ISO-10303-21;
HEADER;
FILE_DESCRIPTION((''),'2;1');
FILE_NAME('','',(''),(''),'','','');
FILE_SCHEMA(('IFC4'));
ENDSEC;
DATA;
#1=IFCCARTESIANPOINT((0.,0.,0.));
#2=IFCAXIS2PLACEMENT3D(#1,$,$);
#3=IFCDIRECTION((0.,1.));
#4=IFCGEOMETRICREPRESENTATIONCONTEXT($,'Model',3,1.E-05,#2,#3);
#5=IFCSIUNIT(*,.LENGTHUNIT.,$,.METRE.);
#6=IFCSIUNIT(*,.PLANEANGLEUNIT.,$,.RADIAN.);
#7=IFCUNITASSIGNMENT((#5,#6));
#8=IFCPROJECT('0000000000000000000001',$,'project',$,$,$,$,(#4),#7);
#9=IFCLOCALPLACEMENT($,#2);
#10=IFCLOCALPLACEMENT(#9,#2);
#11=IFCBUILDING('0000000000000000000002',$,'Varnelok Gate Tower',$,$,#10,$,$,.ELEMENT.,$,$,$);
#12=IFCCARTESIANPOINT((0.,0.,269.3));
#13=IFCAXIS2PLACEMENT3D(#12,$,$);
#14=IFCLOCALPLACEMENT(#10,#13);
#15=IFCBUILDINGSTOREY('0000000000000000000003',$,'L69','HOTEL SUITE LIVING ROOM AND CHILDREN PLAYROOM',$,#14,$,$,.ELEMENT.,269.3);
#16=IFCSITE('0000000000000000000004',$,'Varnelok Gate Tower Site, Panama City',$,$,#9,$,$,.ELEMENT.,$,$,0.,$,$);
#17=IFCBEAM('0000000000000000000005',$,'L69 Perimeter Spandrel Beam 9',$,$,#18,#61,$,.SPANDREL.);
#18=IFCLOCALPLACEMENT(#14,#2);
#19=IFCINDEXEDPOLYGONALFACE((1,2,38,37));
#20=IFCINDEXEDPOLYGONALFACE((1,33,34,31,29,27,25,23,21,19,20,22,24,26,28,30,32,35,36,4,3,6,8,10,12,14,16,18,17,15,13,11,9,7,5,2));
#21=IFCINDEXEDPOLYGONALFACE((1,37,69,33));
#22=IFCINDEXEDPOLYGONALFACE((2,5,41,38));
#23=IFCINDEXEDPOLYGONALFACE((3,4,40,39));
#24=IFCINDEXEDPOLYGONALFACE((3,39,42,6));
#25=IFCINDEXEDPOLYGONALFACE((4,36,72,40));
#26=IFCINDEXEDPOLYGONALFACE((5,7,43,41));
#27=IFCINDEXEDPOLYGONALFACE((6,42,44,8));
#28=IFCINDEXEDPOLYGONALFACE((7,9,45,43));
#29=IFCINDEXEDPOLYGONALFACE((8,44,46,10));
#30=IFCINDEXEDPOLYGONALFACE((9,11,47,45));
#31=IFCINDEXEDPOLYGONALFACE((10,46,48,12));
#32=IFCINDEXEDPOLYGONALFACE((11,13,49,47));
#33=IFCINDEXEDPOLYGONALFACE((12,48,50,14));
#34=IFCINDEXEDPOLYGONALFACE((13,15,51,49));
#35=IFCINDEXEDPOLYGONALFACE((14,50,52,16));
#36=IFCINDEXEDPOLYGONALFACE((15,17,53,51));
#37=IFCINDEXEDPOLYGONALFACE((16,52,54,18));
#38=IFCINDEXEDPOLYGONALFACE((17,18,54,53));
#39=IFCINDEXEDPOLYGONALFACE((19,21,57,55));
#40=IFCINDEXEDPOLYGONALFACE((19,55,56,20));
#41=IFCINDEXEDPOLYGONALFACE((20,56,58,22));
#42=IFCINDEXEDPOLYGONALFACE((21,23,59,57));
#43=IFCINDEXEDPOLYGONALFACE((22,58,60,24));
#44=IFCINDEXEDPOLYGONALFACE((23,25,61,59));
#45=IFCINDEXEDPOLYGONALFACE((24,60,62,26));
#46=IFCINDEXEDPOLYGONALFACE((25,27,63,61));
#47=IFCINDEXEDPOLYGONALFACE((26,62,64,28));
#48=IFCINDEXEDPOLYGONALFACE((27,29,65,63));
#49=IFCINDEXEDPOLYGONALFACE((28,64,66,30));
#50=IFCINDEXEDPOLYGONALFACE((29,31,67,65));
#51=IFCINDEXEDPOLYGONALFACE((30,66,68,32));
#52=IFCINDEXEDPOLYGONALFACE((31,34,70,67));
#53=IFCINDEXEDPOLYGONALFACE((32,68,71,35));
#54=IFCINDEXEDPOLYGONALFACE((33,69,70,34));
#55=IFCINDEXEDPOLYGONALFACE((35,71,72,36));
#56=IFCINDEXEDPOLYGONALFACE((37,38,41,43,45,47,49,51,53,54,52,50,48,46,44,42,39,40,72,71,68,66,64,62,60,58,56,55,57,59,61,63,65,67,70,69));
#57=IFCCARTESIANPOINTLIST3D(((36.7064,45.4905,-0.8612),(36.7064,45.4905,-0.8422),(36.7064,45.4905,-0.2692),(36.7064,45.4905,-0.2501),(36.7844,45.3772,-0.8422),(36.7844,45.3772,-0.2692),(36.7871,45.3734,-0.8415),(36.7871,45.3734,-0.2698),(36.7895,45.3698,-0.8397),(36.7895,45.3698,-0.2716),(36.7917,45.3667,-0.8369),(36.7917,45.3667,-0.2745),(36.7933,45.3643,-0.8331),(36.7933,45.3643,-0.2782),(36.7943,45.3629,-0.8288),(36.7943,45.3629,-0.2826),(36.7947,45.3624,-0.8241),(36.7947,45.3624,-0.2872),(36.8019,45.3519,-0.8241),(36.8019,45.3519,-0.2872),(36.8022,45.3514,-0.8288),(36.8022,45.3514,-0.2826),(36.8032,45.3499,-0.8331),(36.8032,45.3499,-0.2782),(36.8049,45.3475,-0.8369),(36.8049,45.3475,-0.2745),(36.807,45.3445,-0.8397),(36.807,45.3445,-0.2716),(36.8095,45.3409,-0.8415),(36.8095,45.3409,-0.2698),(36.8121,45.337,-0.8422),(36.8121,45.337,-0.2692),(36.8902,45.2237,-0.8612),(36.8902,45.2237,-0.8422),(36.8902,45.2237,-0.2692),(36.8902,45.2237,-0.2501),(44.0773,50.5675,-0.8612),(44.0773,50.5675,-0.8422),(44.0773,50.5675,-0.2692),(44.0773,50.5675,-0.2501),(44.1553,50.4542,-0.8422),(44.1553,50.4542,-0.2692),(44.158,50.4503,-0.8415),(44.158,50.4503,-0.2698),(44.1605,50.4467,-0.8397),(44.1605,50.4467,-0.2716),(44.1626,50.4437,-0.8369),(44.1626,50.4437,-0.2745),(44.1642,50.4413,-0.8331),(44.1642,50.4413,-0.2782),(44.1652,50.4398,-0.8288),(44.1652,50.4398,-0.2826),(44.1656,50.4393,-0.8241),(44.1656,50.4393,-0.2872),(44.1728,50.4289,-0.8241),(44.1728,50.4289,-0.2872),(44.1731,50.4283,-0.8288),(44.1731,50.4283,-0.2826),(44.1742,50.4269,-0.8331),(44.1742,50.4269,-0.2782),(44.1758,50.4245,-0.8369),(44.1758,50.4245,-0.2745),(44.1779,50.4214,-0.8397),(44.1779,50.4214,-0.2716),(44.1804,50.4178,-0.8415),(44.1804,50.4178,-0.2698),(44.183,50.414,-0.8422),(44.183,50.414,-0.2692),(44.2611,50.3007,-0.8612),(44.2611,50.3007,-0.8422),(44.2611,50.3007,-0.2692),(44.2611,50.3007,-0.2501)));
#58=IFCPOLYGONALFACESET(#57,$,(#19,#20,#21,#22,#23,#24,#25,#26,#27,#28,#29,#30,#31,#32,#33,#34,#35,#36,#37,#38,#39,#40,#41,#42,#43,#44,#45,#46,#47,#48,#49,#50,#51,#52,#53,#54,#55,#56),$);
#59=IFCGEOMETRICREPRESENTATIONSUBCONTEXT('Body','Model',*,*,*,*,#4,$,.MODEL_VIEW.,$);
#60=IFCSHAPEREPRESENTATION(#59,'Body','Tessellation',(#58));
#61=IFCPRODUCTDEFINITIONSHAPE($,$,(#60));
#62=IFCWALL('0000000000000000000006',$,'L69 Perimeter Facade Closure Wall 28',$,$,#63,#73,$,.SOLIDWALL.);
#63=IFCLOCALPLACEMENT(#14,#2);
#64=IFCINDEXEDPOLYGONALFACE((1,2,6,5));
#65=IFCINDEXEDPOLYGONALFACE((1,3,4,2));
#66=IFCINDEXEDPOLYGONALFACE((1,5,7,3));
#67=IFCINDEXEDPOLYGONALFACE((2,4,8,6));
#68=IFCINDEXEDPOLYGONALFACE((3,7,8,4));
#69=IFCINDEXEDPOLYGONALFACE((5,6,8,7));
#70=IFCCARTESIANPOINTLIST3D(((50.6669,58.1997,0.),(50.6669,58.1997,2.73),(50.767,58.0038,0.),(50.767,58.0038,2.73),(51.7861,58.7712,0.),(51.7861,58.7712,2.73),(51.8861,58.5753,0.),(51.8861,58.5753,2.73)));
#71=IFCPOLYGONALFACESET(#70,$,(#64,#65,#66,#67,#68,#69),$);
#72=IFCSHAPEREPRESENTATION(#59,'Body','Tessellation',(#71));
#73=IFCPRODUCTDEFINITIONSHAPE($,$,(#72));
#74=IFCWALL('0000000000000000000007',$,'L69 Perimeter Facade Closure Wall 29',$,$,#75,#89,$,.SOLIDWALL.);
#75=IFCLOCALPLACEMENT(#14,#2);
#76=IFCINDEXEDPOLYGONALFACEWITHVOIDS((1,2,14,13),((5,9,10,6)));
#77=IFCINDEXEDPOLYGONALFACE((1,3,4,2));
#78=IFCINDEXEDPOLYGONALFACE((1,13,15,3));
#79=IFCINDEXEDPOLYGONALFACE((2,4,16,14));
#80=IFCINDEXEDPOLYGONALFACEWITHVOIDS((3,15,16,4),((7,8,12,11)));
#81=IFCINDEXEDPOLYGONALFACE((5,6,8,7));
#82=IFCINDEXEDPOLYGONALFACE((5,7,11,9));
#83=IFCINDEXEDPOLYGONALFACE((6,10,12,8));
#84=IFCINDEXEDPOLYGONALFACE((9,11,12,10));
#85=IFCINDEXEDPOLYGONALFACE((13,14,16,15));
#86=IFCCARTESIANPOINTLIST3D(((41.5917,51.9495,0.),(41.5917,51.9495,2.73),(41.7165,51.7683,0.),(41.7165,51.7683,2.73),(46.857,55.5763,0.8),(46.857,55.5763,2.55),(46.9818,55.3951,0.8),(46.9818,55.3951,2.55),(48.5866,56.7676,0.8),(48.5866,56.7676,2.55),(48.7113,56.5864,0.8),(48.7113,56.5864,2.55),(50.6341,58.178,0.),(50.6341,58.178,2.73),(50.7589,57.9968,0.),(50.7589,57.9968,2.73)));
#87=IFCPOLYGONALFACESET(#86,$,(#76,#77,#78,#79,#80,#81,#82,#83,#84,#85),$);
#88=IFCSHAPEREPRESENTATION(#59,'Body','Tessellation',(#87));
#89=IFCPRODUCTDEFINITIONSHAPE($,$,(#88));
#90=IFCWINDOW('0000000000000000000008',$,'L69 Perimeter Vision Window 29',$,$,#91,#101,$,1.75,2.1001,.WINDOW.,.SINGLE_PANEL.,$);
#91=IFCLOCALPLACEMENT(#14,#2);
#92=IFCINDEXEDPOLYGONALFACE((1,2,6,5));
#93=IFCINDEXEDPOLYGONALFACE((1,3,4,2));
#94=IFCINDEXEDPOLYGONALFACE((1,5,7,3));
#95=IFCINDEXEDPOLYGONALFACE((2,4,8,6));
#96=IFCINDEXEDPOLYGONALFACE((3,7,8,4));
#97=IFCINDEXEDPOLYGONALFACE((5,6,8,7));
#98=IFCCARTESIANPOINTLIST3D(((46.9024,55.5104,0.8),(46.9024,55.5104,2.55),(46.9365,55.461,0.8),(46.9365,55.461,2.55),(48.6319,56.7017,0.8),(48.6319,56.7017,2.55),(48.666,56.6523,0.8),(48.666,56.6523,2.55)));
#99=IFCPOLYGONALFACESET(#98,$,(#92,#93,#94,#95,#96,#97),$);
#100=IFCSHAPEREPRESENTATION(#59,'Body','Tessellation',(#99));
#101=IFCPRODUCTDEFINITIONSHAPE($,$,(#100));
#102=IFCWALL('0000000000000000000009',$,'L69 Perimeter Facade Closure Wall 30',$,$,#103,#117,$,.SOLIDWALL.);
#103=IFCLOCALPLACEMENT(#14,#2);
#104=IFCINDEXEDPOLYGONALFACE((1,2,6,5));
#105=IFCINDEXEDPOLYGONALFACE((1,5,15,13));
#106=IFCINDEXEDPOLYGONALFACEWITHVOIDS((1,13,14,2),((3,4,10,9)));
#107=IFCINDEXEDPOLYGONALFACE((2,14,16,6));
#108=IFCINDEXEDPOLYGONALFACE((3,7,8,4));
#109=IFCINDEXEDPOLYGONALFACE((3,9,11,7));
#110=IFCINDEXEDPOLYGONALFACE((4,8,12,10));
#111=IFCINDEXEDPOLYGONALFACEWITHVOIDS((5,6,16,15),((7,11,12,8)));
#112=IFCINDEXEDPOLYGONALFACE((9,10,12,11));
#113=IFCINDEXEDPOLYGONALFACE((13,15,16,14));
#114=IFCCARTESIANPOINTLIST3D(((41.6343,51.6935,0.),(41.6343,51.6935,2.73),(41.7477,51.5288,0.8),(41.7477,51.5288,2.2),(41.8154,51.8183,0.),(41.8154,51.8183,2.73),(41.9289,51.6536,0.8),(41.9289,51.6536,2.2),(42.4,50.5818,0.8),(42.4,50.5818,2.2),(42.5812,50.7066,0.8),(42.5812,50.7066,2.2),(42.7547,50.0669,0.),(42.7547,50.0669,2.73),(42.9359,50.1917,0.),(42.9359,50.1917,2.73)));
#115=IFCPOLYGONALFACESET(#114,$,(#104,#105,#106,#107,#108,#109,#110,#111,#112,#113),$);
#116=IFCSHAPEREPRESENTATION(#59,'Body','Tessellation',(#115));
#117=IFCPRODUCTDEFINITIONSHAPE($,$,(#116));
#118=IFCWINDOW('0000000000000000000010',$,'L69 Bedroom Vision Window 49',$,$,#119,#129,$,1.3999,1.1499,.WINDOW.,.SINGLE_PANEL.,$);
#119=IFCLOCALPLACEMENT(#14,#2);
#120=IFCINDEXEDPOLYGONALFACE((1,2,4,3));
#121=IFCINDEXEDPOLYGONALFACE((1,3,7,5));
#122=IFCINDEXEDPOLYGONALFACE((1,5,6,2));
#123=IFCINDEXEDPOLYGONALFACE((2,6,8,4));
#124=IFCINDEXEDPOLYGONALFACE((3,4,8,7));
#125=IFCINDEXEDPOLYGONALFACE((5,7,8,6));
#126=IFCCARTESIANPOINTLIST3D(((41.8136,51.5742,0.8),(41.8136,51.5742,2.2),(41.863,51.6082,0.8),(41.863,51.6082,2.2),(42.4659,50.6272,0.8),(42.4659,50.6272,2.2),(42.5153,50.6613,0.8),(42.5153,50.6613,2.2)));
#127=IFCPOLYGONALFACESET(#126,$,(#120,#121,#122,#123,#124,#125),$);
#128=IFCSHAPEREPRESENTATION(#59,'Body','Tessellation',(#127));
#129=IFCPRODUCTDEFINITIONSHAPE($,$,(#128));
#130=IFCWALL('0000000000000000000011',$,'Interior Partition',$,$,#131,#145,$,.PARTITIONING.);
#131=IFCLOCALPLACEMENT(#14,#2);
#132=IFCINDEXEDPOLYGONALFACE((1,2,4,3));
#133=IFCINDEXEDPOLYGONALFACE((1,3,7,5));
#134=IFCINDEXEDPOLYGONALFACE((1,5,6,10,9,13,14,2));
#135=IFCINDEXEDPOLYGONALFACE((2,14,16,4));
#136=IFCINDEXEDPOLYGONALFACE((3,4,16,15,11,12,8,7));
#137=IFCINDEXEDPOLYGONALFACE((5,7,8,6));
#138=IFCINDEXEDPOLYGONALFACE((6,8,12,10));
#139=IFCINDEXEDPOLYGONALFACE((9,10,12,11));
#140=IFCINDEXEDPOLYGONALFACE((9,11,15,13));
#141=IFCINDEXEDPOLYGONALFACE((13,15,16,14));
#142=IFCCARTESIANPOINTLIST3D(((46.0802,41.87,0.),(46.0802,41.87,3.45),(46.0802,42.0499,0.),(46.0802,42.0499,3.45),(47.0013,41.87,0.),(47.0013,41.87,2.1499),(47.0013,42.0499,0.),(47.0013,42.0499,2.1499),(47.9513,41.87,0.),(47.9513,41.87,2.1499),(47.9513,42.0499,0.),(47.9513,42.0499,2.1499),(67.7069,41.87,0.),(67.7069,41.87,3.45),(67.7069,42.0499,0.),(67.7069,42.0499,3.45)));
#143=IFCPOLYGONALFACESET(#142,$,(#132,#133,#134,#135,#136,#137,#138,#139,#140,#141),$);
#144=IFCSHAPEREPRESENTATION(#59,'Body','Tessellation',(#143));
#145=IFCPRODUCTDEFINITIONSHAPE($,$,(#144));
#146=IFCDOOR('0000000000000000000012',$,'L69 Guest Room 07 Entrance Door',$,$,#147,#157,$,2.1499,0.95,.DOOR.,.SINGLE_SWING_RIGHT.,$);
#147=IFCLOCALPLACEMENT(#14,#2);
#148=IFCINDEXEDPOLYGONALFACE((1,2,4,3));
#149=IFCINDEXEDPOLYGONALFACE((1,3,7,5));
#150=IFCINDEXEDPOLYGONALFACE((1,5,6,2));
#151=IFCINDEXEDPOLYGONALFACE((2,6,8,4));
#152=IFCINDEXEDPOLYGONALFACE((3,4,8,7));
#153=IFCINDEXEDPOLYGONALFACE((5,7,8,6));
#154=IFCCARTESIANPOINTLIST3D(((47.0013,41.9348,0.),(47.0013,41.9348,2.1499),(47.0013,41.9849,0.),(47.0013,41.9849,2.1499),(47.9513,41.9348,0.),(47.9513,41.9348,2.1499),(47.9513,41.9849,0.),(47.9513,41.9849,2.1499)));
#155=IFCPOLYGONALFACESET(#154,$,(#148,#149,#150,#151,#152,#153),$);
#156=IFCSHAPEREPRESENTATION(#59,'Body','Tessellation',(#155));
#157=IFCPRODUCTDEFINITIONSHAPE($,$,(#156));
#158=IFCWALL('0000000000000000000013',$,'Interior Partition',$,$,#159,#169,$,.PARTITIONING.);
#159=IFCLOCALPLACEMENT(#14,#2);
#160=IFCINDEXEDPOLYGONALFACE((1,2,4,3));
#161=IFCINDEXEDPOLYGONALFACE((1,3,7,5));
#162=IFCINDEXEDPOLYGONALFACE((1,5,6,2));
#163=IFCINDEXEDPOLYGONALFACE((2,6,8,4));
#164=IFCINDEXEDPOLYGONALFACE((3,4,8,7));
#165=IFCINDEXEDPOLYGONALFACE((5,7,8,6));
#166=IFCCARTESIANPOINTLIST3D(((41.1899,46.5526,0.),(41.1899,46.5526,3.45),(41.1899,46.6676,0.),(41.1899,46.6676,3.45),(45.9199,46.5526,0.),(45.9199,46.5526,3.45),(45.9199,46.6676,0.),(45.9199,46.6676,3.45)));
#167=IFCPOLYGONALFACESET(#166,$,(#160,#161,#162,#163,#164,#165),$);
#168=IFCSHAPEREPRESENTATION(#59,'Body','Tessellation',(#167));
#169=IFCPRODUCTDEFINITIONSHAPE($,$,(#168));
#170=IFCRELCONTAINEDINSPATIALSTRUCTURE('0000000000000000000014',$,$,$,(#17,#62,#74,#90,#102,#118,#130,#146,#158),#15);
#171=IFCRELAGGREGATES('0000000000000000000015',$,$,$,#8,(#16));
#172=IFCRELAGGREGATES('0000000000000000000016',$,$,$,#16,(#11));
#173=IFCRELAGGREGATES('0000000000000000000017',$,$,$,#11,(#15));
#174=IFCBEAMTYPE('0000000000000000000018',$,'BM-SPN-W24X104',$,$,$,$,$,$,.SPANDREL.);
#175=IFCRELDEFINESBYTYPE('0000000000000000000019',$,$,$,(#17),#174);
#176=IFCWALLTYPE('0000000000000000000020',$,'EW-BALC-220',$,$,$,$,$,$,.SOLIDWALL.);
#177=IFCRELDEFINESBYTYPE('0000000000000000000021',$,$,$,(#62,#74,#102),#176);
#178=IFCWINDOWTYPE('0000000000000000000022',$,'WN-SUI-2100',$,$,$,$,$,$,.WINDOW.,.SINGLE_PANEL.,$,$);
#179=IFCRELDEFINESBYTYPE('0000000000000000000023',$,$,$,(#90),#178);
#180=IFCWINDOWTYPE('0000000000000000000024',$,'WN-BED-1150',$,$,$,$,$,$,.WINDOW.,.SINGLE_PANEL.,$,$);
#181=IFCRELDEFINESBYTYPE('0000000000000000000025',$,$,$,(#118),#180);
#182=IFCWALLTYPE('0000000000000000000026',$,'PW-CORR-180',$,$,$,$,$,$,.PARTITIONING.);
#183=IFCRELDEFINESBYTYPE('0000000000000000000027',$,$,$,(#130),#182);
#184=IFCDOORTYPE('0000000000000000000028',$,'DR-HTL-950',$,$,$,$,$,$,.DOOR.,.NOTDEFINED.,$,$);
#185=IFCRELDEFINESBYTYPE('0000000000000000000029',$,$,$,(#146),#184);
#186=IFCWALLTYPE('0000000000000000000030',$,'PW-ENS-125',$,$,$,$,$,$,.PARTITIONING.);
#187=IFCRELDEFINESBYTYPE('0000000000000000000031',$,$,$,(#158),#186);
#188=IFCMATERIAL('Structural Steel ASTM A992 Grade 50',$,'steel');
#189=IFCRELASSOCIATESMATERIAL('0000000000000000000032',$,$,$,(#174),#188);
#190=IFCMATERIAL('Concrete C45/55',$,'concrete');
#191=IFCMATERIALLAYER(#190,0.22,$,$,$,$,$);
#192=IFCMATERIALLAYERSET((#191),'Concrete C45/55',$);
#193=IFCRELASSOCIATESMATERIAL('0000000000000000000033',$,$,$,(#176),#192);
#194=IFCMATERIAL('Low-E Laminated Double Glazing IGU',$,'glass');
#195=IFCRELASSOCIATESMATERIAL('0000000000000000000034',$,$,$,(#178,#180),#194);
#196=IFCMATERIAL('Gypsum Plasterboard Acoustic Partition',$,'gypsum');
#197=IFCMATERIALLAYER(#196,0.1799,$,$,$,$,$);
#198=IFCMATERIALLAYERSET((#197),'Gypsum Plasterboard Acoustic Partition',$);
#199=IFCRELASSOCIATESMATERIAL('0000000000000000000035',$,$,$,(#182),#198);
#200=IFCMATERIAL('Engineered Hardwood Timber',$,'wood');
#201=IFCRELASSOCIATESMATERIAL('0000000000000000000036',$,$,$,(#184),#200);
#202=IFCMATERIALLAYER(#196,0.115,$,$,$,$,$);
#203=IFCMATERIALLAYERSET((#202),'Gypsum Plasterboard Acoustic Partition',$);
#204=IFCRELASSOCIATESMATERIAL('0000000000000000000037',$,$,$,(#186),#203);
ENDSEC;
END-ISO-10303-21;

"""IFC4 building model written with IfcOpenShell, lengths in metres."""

from ifc_helpers import new_model, si_unit, direction, frame, frame_2d, origin, origin_2d, place, context, subcontext, project, spatial, rectangle, i_section, extrude, material, layer, layer_set, material_profile, profile_set, type_object, element, fill, save


model = new_model("IFC4")

# Units and contexts
model_context = context("Model", 3, precision=1e-05, world=origin(), true_north=direction((0.0, 1.0)))
body_context = subcontext(model_context, "Body", "Model", "MODEL_VIEW")
ifc_project = project(units=[si_unit("LENGTHUNIT", "METRE"), si_unit("PLANEANGLEUNIT", "RADIAN")], contexts=[model_context])

# Site, building, storey
site_placement = place(None, origin())
site = spatial("IfcSite", under=ifc_project, at=site_placement, Name="Varnelok Gate Tower Site, Panama City", CompositionType="ELEMENT", RefElevation=0.0)
building_placement = place(site_placement, origin())
building = spatial("IfcBuilding", under=site, at=building_placement, Name="Varnelok Gate Tower", CompositionType="ELEMENT")
storey_placement = place(building_placement, frame((0.0, 0.0, 269.3)))
storey = spatial("IfcBuildingStorey", under=building, at=storey_placement, Name="L69", Description="HOTEL SUITE LIVING ROOM AND CHILDREN PLAYROOM", CompositionType="ELEMENT", Elevation=269.3)

# Shared definitions
ifc_material_1 = material(Name="Structural Steel ASTM A992 Grade 50", Category="steel")

# Beam
ifc_material_profile_1 = material_profile(ifc_material_1, i_section(OverallWidth=0.324, OverallDepth=0.6111, WebThickness=0.0127, FlangeThickness=0.019, FilletRadius=0.0181, at=origin_2d()), Name="W24X104")
ifc_profile_set_1 = profile_set([ifc_material_profile_1], Name="Structural Steel ASTM A992 Grade 50")
beam_type_1 = type_object("IfcBeamType", Name="BM-SPN-W24X104", PredefinedType="SPANDREL", material=ifc_profile_set_1)
beam_1_placement = place(storey_placement, frame((44.1692, 50.4341, -0.5557), z_axis=(-0.823549, -0.567245, 0.0), x_axis=(0.567245, -0.823549, 0.0)))
element("IfcBeam", 1, at=beam_1_placement, inside=storey, type_object=beam_type_1, Name="L69 Perimeter Spandrel Beam 9", PredefinedType="SPANDREL", context=body_context, shape_type="SweptSolid", body=[
    extrude(i_section(OverallWidth=0.324, OverallDepth=0.6111, WebThickness=0.0127, FlangeThickness=0.019, FilletRadius=0.0181, at=origin_2d()), origin(), (0.0, 0.0, 1.0), 8.9502),
])

# Wall
ifc_material_2 = material(Name="Concrete C45/55", Category="concrete")
ifc_layer_1 = layer(ifc_material_2, 0.22)
ifc_layer_set_1 = layer_set([ifc_layer_1], Name="Concrete C45/55")
wall_type_1 = type_object("IfcWallType", Name="EW-BALC-220", PredefinedType="SOLIDWALL", material=ifc_layer_set_1)
wall_1_placement = place(storey_placement, frame((51.8362, 58.6733, 0.0), z_axis=(0.0, 0.0, 1.0), x_axis=(-0.890587, -0.454813, 0.0)))
element("IfcWall", 2, at=wall_1_placement, inside=storey, type_object=wall_type_1, Name="L69 Perimeter Facade Closure Wall 28", PredefinedType="SOLIDWALL", context=body_context, shape_type="SweptSolid", body=[
    extrude(rectangle(XDim=1.2566, YDim=0.22, at=frame_2d((0.6284, 0.0))), origin(), (0.0, 0.0, 1.0), 2.73),
])

# Walls, openings, windows
wall_2_placement = place(storey_placement, frame((50.6965, 58.0874, 0.0), z_axis=(0.0, 0.0, 1.0), x_axis=(-0.823539, -0.567259, 0.0)))
wall_2 = element("IfcWall", 3, at=wall_2_placement, inside=storey, type_object=wall_type_1, Name="L69 Perimeter Facade Closure Wall 29", PredefinedType="SOLIDWALL", context=body_context, shape_type="SweptSolid", body=[
    extrude(rectangle(XDim=10.98, YDim=0.22, at=frame_2d((5.49, 0.0))), origin(), (0.0, 0.0, 1.0), 2.73),
])
opening_1_placement = place(wall_2_placement, frame((2.4863, 0.0, 0.8)))
opening_1 = element("IfcOpeningElement", 4, at=opening_1_placement, cuts=wall_2, PredefinedType="OPENING", context=body_context, shape_type="SweptSolid", body=[
    extrude(rectangle(XDim=2.1001, YDim=1.75, at=frame_2d((1.05, 0.875))), frame((0.0, 0.1199, 0.0), z_axis=(0.0, -1.0, 0.0), x_axis=(1.0, 0.0, 0.0)), (0.0, 0.0, 1.0), 0.24),
])
ifc_material_3 = material(Name="Low-E Laminated Double Glazing IGU", Category="glass")
window_type_1 = type_object("IfcWindowType", Name="WN-SUI-2100", PartitioningType="SINGLE_PANEL", PredefinedType="WINDOW", material=ifc_material_3)
window_1_placement = place(opening_1_placement, origin())
window_1 = element("IfcWindow", 5, at=window_1_placement, inside=storey, type_object=window_type_1, Name="L69 Perimeter Vision Window 29", OverallHeight=1.75, OverallWidth=2.1001, PartitioningType="SINGLE_PANEL", PredefinedType="WINDOW", context=body_context, shape_type="SweptSolid", body=[
    extrude(rectangle(XDim=2.1001, YDim=1.75, at=frame_2d((1.05, 0.875))), frame((0.0, 0.03, 0.0), z_axis=(0.0, -1.0, 0.0), x_axis=(1.0, 0.0, 0.0)), (0.0, 0.0, 1.0), 0.0601),
])
fill(opening_1, window_1)
wall_3_placement = place(storey_placement, frame((41.7249, 51.7559, 0.0), z_axis=(0.0, 0.0, 1.0), x_axis=(0.567274, -0.823529, 0.0)))
wall_3 = element("IfcWall", 6, at=wall_3_placement, inside=storey, type_object=wall_type_1, Name="L69 Perimeter Facade Closure Wall 30", PredefinedType="SOLIDWALL", context=body_context, shape_type="SweptSolid", body=[
    extrude(rectangle(XDim=1.9751, YDim=0.22, at=frame_2d((0.9875, 0.0))), origin(), (0.0, 0.0, 1.0), 2.73),
])
opening_2_placement = place(wall_3_placement, frame((0.2, 0.0, 0.8)))
opening_2 = element("IfcOpeningElement", 7, at=opening_2_placement, cuts=wall_3, PredefinedType="OPENING", context=body_context, shape_type="SweptSolid", body=[
    extrude(rectangle(XDim=1.1499, YDim=1.3999, at=frame_2d((0.575, 0.7))), frame((0.0, 0.1199, 0.0), z_axis=(0.0, -1.0, 0.0), x_axis=(1.0, 0.0, 0.0)), (0.0, 0.0, 1.0), 0.24),
])
window_type_2 = type_object("IfcWindowType", Name="WN-BED-1150", PartitioningType="SINGLE_PANEL", PredefinedType="WINDOW", material=ifc_material_3)
window_2_placement = place(opening_2_placement, origin())
window_2 = element("IfcWindow", 8, at=window_2_placement, inside=storey, type_object=window_type_2, Name="L69 Bedroom Vision Window 49", OverallHeight=1.3999, OverallWidth=1.1499, PartitioningType="SINGLE_PANEL", PredefinedType="WINDOW", context=body_context, shape_type="SweptSolid", body=[
    extrude(rectangle(XDim=1.1499, YDim=1.3999, at=frame_2d((0.575, 0.7))), frame((0.0, 0.03, 0.0), z_axis=(0.0, -1.0, 0.0), x_axis=(1.0, 0.0, 0.0)), (0.0, 0.0, 1.0), 0.0601),
])
fill(opening_2, window_2)

# Wall, opening, door
ifc_material_4 = material(Name="Gypsum Plasterboard Acoustic Partition", Category="gypsum")
ifc_layer_2 = layer(ifc_material_4, 0.1799)
ifc_layer_set_2 = layer_set([ifc_layer_2], Name="Gypsum Plasterboard Acoustic Partition")
wall_type_2 = type_object("IfcWallType", Name="PW-CORR-180", PredefinedType="PARTITIONING", material=ifc_layer_set_2)
wall_4_placement = place(storey_placement, frame((46.0801, 41.96, 0.0), z_axis=(0.0, 0.0, 1.0), x_axis=(1.0, 0.0, 0.0)))
wall_4 = element("IfcWall", 9, at=wall_4_placement, inside=storey, type_object=wall_type_2, Name="Interior Partition", PredefinedType="PARTITIONING", context=body_context, shape_type="SweptSolid", body=[
    extrude(rectangle(XDim=21.6267, YDim=0.1799, at=frame_2d((10.8135, 0.0))), origin(), (0.0, 0.0, 1.0), 3.45),
])
opening_3_placement = place(wall_4_placement, frame((0.9211, 0.0, 0.0)))
opening_3 = element("IfcOpeningElement", 10, at=opening_3_placement, cuts=wall_4, PredefinedType="OPENING", context=body_context, shape_type="SweptSolid", body=[
    extrude(rectangle(XDim=0.95, YDim=2.1499, at=frame_2d((0.4751, 1.075))), frame((0.0, 0.0999, 0.0), z_axis=(0.0, -1.0, 0.0), x_axis=(1.0, 0.0, 0.0)), (0.0, 0.0, 1.0), 0.2),
])
ifc_material_5 = material(Name="Engineered Hardwood Timber", Category="wood")
door_type_1 = type_object("IfcDoorType", Name="DR-HTL-950", OperationType="NOTDEFINED", PredefinedType="DOOR", material=ifc_material_5)
door_1_placement = place(opening_3_placement, origin())
door_1 = element("IfcDoor", 11, at=door_1_placement, inside=storey, type_object=door_type_1, Name="L69 Guest Room 07 Entrance Door", OperationType="SINGLE_SWING_RIGHT", OverallHeight=2.1499, OverallWidth=0.95, PredefinedType="DOOR", context=body_context, shape_type="SweptSolid", body=[
    extrude(rectangle(XDim=0.95, YDim=2.1499, at=frame_2d((0.4751, 1.075))), frame((0.0, 0.0249, 0.0), z_axis=(0.0, -1.0, 0.0), x_axis=(1.0, 0.0, 0.0)), (0.0, 0.0, 1.0), 0.05),
])
fill(opening_3, door_1)

# Wall
ifc_layer_3 = layer(ifc_material_4, 0.115)
ifc_layer_set_3 = layer_set([ifc_layer_3], Name="Gypsum Plasterboard Acoustic Partition")
wall_type_3 = type_object("IfcWallType", Name="PW-ENS-125", PredefinedType="PARTITIONING", material=ifc_layer_set_3)
wall_5_placement = place(storey_placement, frame((41.1899, 46.6101, 0.0), z_axis=(0.0, 0.0, 1.0), x_axis=(1.0, 0.0, 0.0)))
element("IfcWall", 12, at=wall_5_placement, inside=storey, type_object=wall_type_3, Name="Interior Partition", PredefinedType="PARTITIONING", context=body_context, shape_type="SweptSolid", body=[
    extrude(rectangle(XDim=4.73, YDim=0.115, at=frame_2d((2.365, 0.0))), origin(), (0.0, 0.0, 1.0), 3.45),
])

save(model, "model.ifc")
